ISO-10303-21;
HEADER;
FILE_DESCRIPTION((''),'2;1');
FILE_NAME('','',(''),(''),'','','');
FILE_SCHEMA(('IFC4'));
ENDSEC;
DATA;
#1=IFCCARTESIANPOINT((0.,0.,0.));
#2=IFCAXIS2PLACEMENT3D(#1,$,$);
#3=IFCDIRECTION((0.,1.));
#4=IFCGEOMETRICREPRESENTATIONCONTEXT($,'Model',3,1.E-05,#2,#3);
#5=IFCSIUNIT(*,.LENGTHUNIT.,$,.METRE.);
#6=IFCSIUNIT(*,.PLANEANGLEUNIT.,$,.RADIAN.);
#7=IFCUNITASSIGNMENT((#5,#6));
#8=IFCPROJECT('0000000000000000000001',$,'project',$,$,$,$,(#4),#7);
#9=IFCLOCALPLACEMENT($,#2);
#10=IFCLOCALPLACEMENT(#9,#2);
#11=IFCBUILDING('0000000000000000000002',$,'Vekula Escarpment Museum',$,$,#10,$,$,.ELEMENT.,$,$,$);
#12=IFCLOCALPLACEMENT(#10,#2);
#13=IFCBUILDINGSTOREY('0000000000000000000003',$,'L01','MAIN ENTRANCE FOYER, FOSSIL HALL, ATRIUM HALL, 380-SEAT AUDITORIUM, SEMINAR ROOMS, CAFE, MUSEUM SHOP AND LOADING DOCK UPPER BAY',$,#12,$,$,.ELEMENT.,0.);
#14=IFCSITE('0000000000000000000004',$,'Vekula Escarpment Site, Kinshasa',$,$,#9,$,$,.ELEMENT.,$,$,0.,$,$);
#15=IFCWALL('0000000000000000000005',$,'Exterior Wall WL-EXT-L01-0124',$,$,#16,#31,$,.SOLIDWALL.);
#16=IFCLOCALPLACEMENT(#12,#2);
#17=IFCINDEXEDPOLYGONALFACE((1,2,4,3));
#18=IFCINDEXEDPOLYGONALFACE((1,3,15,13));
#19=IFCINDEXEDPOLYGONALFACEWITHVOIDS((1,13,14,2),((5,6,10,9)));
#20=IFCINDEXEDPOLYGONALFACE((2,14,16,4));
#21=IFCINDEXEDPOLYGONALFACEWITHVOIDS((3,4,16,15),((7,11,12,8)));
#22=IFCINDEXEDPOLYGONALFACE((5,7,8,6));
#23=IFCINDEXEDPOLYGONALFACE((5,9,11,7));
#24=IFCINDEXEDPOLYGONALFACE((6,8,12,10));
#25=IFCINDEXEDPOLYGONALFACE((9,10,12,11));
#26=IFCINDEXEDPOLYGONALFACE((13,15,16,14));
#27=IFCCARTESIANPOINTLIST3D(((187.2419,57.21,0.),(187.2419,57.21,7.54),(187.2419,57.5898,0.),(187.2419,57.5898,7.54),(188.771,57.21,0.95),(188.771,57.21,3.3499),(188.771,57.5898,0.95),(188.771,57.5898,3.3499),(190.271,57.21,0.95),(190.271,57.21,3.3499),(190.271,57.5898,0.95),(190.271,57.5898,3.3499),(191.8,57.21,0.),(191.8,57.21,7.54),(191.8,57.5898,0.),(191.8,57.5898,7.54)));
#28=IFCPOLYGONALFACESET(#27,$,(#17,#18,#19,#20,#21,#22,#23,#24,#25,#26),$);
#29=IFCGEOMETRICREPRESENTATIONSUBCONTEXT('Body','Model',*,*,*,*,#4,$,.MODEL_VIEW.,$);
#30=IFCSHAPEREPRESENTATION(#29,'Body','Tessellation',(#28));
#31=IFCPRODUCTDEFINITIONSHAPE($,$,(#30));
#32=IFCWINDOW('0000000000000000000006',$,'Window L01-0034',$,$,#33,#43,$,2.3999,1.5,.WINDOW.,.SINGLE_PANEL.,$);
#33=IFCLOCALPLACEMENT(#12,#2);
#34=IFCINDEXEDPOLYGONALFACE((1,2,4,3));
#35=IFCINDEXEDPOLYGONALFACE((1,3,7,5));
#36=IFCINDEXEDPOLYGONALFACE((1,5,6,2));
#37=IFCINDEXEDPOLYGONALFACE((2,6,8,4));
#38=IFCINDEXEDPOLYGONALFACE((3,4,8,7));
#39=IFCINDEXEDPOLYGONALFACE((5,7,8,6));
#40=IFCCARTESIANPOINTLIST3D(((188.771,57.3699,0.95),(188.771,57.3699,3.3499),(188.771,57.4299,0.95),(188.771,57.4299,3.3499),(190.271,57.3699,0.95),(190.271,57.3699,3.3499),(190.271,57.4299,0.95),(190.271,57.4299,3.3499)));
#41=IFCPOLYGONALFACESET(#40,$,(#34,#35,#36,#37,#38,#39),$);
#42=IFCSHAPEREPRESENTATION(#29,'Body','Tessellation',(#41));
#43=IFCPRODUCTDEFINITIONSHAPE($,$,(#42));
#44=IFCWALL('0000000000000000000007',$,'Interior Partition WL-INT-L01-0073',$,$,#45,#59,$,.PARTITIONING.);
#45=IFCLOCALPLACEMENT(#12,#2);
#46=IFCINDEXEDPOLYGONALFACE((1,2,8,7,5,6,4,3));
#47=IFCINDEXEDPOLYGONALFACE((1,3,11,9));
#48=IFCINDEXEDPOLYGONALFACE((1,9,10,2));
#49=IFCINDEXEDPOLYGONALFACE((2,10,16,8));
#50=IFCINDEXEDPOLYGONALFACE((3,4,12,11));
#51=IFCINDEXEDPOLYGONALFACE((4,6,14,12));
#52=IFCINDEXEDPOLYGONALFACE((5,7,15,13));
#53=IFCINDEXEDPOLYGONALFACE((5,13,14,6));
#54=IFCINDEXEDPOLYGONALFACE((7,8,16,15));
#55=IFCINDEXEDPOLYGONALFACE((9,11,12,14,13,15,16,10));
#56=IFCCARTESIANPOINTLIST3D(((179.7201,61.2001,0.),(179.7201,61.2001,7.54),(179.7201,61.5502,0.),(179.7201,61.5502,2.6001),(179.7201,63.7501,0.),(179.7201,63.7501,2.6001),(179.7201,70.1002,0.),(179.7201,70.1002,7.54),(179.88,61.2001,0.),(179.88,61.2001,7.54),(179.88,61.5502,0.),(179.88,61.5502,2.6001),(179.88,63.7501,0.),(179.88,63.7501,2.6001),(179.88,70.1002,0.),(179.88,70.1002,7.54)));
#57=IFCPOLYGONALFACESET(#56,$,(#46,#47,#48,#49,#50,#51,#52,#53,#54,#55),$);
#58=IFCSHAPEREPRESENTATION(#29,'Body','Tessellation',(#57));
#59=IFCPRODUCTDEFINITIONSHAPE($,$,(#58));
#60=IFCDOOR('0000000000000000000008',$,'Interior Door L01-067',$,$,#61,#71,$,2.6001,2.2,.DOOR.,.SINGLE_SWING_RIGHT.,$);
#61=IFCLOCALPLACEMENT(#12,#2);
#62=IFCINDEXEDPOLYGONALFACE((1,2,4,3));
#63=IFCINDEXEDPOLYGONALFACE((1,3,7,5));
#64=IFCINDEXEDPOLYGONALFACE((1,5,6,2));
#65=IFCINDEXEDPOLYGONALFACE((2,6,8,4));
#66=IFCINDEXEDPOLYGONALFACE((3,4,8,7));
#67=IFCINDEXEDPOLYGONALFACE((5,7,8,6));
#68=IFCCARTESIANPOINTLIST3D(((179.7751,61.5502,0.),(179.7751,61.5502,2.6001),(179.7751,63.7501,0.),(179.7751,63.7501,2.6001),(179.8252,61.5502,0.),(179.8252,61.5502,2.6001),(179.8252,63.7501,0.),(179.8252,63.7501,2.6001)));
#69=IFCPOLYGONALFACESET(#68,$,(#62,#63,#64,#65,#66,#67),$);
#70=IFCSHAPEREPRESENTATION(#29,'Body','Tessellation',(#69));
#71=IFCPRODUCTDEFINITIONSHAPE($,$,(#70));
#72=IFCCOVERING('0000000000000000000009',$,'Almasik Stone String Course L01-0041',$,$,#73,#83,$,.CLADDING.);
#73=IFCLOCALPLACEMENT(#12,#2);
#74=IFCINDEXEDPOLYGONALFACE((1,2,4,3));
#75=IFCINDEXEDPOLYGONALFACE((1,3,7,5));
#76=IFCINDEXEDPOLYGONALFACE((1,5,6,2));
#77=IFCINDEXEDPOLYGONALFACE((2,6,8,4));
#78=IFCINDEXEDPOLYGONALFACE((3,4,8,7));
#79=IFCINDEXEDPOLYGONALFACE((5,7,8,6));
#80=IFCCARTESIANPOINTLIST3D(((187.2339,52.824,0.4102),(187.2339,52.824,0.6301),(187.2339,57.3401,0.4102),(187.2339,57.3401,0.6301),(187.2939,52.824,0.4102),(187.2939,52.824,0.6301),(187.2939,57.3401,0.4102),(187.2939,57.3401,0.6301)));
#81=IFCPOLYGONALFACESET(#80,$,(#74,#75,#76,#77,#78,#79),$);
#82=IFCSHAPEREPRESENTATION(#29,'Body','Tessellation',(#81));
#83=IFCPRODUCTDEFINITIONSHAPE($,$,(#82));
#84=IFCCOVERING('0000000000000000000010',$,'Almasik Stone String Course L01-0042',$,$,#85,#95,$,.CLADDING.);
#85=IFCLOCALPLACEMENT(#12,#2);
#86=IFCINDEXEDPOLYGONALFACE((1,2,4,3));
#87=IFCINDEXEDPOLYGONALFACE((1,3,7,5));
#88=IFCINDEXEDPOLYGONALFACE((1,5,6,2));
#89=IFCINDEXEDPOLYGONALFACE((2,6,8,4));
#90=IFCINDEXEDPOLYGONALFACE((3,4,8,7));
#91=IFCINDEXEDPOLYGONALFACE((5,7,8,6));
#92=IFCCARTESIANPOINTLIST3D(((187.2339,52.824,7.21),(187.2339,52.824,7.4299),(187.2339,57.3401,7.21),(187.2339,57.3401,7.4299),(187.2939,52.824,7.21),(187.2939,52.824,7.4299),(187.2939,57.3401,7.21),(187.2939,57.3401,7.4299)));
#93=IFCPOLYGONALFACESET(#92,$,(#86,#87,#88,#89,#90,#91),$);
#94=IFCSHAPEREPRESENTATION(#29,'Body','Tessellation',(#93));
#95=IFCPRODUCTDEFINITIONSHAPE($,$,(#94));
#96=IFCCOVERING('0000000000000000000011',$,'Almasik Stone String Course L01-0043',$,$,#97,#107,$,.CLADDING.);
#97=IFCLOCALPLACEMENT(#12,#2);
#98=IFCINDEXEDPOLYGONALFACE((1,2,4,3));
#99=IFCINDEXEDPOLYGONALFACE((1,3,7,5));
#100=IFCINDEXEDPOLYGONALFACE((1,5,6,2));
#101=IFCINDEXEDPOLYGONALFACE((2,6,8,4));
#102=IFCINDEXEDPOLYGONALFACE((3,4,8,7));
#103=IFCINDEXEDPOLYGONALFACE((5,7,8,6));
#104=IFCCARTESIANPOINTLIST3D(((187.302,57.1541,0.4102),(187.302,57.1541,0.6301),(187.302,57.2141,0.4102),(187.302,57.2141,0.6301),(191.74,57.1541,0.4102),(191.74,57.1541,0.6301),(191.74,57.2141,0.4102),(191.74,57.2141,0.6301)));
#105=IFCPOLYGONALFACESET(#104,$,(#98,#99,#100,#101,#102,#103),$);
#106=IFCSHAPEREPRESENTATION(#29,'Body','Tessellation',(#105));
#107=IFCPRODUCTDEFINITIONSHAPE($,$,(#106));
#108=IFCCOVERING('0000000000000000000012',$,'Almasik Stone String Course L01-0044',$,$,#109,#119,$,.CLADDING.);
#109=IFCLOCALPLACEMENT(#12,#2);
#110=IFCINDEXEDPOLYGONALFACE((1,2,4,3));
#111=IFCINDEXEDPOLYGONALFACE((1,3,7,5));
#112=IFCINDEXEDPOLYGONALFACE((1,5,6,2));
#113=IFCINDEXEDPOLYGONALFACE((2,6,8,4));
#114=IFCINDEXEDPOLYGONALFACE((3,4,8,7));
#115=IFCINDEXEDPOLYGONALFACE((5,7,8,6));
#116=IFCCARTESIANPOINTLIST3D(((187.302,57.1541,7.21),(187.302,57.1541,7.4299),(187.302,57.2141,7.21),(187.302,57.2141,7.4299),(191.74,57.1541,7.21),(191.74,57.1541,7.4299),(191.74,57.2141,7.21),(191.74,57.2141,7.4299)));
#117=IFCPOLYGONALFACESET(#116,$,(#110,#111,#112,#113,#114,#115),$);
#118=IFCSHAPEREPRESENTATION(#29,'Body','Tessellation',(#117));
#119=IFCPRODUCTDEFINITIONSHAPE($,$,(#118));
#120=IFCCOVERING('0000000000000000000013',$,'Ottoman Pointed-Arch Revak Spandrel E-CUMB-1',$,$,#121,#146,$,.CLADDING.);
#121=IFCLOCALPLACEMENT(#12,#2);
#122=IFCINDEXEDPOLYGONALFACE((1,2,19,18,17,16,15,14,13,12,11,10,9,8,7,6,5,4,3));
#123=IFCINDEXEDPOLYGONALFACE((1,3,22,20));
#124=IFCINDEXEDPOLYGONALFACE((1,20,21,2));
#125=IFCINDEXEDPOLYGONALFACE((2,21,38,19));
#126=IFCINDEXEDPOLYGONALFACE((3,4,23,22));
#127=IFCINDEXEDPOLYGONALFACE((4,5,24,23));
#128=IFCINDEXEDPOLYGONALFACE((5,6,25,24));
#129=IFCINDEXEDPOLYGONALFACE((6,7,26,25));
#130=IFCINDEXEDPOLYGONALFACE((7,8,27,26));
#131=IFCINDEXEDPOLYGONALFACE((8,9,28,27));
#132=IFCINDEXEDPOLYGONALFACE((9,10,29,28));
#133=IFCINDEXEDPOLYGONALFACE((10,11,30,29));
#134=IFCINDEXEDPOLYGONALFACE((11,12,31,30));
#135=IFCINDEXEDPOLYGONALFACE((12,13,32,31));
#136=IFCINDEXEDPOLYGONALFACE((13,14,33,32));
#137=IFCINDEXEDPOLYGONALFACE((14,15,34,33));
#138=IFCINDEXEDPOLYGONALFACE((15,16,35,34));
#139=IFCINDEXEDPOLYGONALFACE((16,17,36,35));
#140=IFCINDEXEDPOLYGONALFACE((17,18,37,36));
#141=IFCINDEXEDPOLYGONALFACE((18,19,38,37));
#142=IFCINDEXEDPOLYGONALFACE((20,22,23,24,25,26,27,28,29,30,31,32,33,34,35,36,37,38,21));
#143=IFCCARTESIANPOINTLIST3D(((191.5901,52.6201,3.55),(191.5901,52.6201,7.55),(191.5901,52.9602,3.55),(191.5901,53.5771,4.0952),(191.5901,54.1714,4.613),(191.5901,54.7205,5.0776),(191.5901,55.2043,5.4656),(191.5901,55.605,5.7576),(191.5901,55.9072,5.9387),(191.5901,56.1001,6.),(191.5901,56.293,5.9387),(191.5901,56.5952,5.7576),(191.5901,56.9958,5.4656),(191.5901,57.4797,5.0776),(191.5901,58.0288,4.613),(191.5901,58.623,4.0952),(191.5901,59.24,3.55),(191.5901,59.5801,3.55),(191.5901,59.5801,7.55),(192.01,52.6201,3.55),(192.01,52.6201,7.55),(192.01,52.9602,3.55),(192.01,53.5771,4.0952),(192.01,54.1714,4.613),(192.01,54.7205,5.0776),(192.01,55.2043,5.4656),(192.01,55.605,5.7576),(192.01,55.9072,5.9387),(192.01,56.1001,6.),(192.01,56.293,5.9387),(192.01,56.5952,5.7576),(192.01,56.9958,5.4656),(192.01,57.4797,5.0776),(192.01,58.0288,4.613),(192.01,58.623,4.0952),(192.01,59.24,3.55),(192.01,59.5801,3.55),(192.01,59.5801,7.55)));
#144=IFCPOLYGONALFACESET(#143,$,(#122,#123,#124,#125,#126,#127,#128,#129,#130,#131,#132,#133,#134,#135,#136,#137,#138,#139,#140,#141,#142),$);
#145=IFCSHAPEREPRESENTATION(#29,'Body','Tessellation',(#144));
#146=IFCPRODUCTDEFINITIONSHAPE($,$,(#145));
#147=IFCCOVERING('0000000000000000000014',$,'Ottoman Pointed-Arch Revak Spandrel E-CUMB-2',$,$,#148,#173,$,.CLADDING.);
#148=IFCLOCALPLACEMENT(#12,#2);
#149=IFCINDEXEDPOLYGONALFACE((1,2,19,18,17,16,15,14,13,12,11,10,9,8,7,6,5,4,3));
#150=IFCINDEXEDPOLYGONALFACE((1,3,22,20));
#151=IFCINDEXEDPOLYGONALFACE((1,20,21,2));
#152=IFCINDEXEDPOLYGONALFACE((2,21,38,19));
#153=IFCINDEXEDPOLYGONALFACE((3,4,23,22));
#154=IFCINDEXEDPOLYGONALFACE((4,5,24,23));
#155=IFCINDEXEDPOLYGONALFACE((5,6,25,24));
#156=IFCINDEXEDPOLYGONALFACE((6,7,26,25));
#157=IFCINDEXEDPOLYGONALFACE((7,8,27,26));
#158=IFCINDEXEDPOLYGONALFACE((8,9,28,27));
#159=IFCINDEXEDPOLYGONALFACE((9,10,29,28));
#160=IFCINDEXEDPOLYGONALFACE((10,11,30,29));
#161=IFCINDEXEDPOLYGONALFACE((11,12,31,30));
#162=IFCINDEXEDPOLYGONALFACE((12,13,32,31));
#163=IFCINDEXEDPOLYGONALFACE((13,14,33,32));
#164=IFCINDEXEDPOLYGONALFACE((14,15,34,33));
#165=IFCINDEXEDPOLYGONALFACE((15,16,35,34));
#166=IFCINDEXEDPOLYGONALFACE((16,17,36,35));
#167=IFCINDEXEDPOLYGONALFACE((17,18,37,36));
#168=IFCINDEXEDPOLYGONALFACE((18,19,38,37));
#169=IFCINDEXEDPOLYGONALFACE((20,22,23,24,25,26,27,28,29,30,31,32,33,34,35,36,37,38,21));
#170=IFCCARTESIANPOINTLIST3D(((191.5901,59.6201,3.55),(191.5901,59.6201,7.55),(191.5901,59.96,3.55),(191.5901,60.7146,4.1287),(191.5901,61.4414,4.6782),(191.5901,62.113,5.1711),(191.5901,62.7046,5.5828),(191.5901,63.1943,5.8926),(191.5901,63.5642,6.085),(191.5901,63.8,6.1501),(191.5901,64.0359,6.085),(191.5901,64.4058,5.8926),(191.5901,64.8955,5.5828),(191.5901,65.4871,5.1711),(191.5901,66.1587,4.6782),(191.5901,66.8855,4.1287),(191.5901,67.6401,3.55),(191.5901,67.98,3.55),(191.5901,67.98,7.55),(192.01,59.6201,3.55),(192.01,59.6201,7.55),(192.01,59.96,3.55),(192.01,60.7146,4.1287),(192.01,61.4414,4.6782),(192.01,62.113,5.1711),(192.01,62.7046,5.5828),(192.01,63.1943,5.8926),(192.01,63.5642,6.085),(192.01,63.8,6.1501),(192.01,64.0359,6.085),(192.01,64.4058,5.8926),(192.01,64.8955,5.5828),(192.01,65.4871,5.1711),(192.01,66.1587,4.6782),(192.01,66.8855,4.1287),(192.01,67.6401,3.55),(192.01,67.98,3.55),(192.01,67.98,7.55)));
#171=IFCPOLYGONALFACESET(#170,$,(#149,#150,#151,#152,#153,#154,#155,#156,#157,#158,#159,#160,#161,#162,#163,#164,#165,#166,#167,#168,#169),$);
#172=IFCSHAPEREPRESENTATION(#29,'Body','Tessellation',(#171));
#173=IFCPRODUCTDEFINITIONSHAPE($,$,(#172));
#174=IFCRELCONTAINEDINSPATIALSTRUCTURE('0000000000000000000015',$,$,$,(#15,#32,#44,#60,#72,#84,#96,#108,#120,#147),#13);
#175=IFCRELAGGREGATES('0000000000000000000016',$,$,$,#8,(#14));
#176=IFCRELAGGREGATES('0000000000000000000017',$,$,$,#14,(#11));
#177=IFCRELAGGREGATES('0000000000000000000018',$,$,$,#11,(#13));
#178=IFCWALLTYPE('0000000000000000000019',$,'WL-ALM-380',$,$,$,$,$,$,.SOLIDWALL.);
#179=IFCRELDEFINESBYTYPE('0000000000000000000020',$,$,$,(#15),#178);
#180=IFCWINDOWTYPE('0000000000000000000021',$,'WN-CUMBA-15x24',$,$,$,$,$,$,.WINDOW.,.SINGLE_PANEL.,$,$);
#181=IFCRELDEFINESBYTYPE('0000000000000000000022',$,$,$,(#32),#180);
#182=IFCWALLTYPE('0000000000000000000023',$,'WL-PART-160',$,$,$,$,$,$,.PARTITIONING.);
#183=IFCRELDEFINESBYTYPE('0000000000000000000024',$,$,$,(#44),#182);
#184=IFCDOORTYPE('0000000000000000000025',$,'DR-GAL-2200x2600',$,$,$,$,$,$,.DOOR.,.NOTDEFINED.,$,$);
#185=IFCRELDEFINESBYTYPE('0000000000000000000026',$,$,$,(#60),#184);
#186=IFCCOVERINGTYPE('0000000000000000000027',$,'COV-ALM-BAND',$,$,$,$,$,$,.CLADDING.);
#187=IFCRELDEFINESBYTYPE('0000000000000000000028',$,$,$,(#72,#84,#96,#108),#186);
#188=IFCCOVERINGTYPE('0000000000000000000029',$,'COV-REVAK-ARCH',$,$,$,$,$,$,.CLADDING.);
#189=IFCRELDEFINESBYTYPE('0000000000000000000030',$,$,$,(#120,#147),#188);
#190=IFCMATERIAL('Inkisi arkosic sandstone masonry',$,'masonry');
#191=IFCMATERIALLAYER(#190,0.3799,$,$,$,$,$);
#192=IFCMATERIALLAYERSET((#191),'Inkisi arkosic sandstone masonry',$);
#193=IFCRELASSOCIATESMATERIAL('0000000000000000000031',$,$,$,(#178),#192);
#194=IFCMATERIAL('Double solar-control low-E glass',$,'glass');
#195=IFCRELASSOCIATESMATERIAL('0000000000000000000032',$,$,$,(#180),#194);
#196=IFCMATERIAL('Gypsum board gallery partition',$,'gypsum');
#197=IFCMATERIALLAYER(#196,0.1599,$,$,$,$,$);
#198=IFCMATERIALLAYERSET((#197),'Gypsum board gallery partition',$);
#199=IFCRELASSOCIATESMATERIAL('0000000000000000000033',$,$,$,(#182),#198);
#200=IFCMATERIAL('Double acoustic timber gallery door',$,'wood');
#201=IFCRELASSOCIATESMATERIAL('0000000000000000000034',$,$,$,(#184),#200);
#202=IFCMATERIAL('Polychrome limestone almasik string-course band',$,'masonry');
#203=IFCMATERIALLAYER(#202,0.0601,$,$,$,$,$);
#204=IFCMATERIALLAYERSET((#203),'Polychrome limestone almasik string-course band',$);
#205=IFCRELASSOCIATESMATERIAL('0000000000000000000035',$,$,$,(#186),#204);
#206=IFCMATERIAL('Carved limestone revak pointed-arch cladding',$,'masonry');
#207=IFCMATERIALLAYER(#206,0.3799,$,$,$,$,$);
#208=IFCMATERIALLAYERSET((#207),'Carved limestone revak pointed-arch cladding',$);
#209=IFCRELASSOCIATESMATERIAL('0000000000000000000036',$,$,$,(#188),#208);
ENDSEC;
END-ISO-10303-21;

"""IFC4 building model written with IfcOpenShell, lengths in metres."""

from ifc_helpers import new_model, si_unit, direction, frame, frame_2d, origin, origin_2d, place, context, subcontext, project, spatial, polyline, rectangle, outline, extrude, material, layer, layer_set, type_object, element, fill, save


model = new_model("IFC4")

# Units and contexts
model_context = context("Model", 3, precision=1e-05, world=origin(), true_north=direction((0.0, 1.0)))
body_context = subcontext(model_context, "Body", "Model", "MODEL_VIEW")
ifc_project = project(units=[si_unit("LENGTHUNIT", "METRE"), si_unit("PLANEANGLEUNIT", "RADIAN")], contexts=[model_context])

# Site, building, storey
site_placement = place(None, origin())
site = spatial("IfcSite", under=ifc_project, at=site_placement, Name="Vekula Escarpment Site, Kinshasa", CompositionType="ELEMENT", RefElevation=0.0)
building_placement = place(site_placement, origin())
building = spatial("IfcBuilding", under=site, at=building_placement, Name="Vekula Escarpment Museum", CompositionType="ELEMENT")
storey_placement = place(building_placement, origin())
storey = spatial("IfcBuildingStorey", under=building, at=storey_placement, Name="L01", Description="MAIN ENTRANCE FOYER, FOSSIL HALL, ATRIUM HALL, 380-SEAT AUDITORIUM, SEMINAR ROOMS, CAFE, MUSEUM SHOP AND LOADING DOCK UPPER BAY", CompositionType="ELEMENT", Elevation=0.0)

# Wall, opening, window
ifc_material_1 = material(Name="Inkisi arkosic sandstone masonry", Category="masonry")
ifc_layer_1 = layer(ifc_material_1, 0.3799)
ifc_layer_set_1 = layer_set([ifc_layer_1], Name="Inkisi arkosic sandstone masonry")
wall_type_1 = type_object("IfcWallType", Name="WL-ALM-380", PredefinedType="SOLIDWALL", material=ifc_layer_set_1)
wall_1_placement = place(storey_placement, frame((191.8, 57.3999, 0.0), z_axis=(0.0, 0.0, 1.0), x_axis=(-1.0, 0.0, 0.0)))
wall_1 = element("IfcWall", 1, at=wall_1_placement, inside=storey, type_object=wall_type_1, Name="Exterior Wall WL-EXT-L01-0124", PredefinedType="SOLIDWALL", context=body_context, shape_type="SweptSolid", body=[
    extrude(rectangle(XDim=4.5581, YDim=0.3799, at=frame_2d((2.2791, 0.0))), origin(), (0.0, 0.0, 1.0), 7.54),
])
opening_1_placement = place(wall_1_placement, frame((1.5291, 0.0, 0.95)))
opening_1 = element("IfcOpeningElement", 2, at=opening_1_placement, cuts=wall_1, PredefinedType="OPENING", context=body_context, shape_type="SweptSolid", body=[
    extrude(rectangle(XDim=1.5, YDim=2.3999, at=frame_2d((0.75, 1.2))), frame((0.0, 0.2, 0.0), z_axis=(0.0, -1.0, 0.0), x_axis=(1.0, 0.0, 0.0)), (0.0, 0.0, 1.0), 0.3999),
])
ifc_material_2 = material(Name="Double solar-control low-E glass", Category="glass")
window_type_1 = type_object("IfcWindowType", Name="WN-CUMBA-15x24", PartitioningType="SINGLE_PANEL", PredefinedType="WINDOW", material=ifc_material_2)
window_1_placement = place(opening_1_placement, origin())
window_1 = element("IfcWindow", 3, at=window_1_placement, inside=storey, type_object=window_type_1, Name="Window L01-0034", OverallHeight=2.3999, OverallWidth=1.5, PartitioningType="SINGLE_PANEL", PredefinedType="WINDOW", context=body_context, shape_type="SweptSolid", body=[
    extrude(rectangle(XDim=1.5, YDim=2.3999, at=frame_2d((0.75, 1.2))), frame((0.0, 0.03, 0.0), z_axis=(0.0, -1.0, 0.0), x_axis=(1.0, 0.0, 0.0)), (0.0, 0.0, 1.0), 0.0601),
])
fill(opening_1, window_1)

# Wall, opening, door
ifc_material_3 = material(Name="Gypsum board gallery partition", Category="gypsum")
ifc_layer_2 = layer(ifc_material_3, 0.1599)
ifc_layer_set_2 = layer_set([ifc_layer_2], Name="Gypsum board gallery partition")
wall_type_2 = type_object("IfcWallType", Name="WL-PART-160", PredefinedType="PARTITIONING", material=ifc_layer_set_2)
wall_2_placement = place(storey_placement, frame((179.8, 61.2, 0.0), z_axis=(0.0, 0.0, 1.0), x_axis=(0.0, 1.0, 0.0)))
wall_2 = element("IfcWall", 4, at=wall_2_placement, inside=storey, type_object=wall_type_2, Name="Interior Partition WL-INT-L01-0073", PredefinedType="PARTITIONING", context=body_context, shape_type="SweptSolid", body=[
    extrude(rectangle(XDim=8.9001, YDim=0.1599, at=frame_2d((4.4502, 0.0))), origin(), (0.0, 0.0, 1.0), 7.54),
])
opening_2_placement = place(wall_2_placement, frame((0.3501, 0.0, 0.0)))
opening_2 = element("IfcOpeningElement", 5, at=opening_2_placement, cuts=wall_2, PredefinedType="OPENING", context=body_context, shape_type="SweptSolid", body=[
    extrude(rectangle(XDim=2.2, YDim=2.6001, at=frame_2d((1.1001, 1.3))), frame((0.0, 0.0898, 0.0), z_axis=(0.0, -1.0, 0.0), x_axis=(1.0, 0.0, 0.0)), (0.0, 0.0, 1.0), 0.1799),
])
ifc_material_4 = material(Name="Double acoustic timber gallery door", Category="wood")
door_type = type_object("IfcDoorType", Name="DR-GAL-2200x2600", OperationType="NOTDEFINED", PredefinedType="DOOR", material=ifc_material_4)
door_placement = place(opening_2_placement, origin())
door = element("IfcDoor", 6, at=door_placement, inside=storey, type_object=door_type, Name="Interior Door L01-067", OperationType="SINGLE_SWING_RIGHT", OverallHeight=2.6001, OverallWidth=2.2, PredefinedType="DOOR", context=body_context, shape_type="SweptSolid", body=[
    extrude(rectangle(XDim=2.2, YDim=2.6001, at=frame_2d((1.1001, 1.3))), frame((0.0, 0.0249, 0.0), z_axis=(0.0, -1.0, 0.0), x_axis=(1.0, 0.0, 0.0)), (0.0, 0.0, 1.0), 0.05),
])
fill(opening_2, door)

# Coverings
ifc_material_5 = material(Name="Polychrome limestone almasik string-course band", Category="masonry")
ifc_layer_3 = layer(ifc_material_5, 0.0601)
ifc_layer_set_3 = layer_set([ifc_layer_3], Name="Polychrome limestone almasik string-course band")
covering_type_1 = type_object("IfcCoveringType", Name="COV-ALM-BAND", PredefinedType="CLADDING", material=ifc_layer_set_3)
for number, where, z_axis, x_axis, name in (
    (7, (187.2639, 55.082, 0.4102), (0.0, 0.0, 1.0), (0.0, 1.0, 0.0), "Almasik Stone String Course L01-0041"),
    (8, (187.2639, 55.082, 7.21), (0.0, 0.0, 1.0), (0.0, 1.0, 0.0), "Almasik Stone String Course L01-0042"),
):
    element("IfcCovering", number, at=place(storey_placement, frame(where, z_axis=z_axis, x_axis=x_axis)), inside=storey, type_object=covering_type_1, Name=name, PredefinedType="CLADDING", context=body_context, shape_type="SweptSolid", body=[
        extrude(rectangle(XDim=4.5161, YDim=0.0601, at=origin_2d()), origin(), (0.0, 0.0, 1.0), 0.22),
    ])
for number, where, z_axis, x_axis, name in (
    (9, (189.521, 57.1841, 0.4102), (0.0, 0.0, 1.0), (1.0, 0.0, 0.0), "Almasik Stone String Course L01-0043"),
    (10, (189.521, 57.1841, 7.21), (0.0, 0.0, 1.0), (1.0, 0.0, 0.0), "Almasik Stone String Course L01-0044"),
):
    element("IfcCovering", number, at=place(storey_placement, frame(where, z_axis=z_axis, x_axis=x_axis)), inside=storey, type_object=covering_type_1, Name=name, PredefinedType="CLADDING", context=body_context, shape_type="SweptSolid", body=[
        extrude(rectangle(XDim=4.438, YDim=0.0601, at=origin_2d()), origin(), (0.0, 0.0, 1.0), 0.22),
    ])
ifc_material_6 = material(Name="Carved limestone revak pointed-arch cladding", Category="masonry")
ifc_layer_4 = layer(ifc_material_6, 0.3799)
ifc_layer_set_4 = layer_set([ifc_layer_4], Name="Carved limestone revak pointed-arch cladding")
covering_type_2 = type_object("IfcCoveringType", Name="COV-REVAK-ARCH", PredefinedType="CLADDING", material=ifc_layer_set_4)
covering_1_placement = place(storey_placement, frame((191.5901, 56.1001, 3.55), z_axis=(1.0, 0.0, 0.0), x_axis=(0.0, 1.0, 0.0)))
element("IfcCovering", 11, at=covering_1_placement, inside=storey, type_object=covering_type_2, Name="Ottoman Pointed-Arch Revak Spandrel E-CUMB-1", PredefinedType="CLADDING", context=body_context, shape_type="SweptSolid", body=[
    extrude(outline(polyline([(-3.48, 4.0), (3.48, 4.0), (3.48, 0.0), (3.1399, 0.0), (2.5229, 0.5452), (1.9287, 1.063), (1.3796, 1.5276), (0.8958, 1.9155), (0.4951, 2.2075), (0.1929, 2.3887), (0.0, 2.45), (-0.1929, 2.3887), (-0.4951, 2.2075), (-0.8958, 1.9155), (-1.3796, 1.5276), (-1.9287, 1.063), (-2.5229, 0.5452), (-3.1399, 0.0), (-3.48, 0.0), (-3.48, 4.0)])), origin(), (0.0, 0.0, 1.0), 0.4199),
])
covering_2_placement = place(storey_placement, frame((191.5901, 63.8, 3.55), z_axis=(1.0, 0.0, 0.0), x_axis=(0.0, 1.0, 0.0)))
element("IfcCovering", 12, at=covering_2_placement, inside=storey, type_object=covering_type_2, Name="Ottoman Pointed-Arch Revak Spandrel E-CUMB-2", PredefinedType="CLADDING", context=body_context, shape_type="SweptSolid", body=[
    extrude(outline(polyline([(-4.1799, 4.0), (4.1799, 4.0), (4.1799, 0.0), (3.8401, 0.0), (3.0854, 0.5786), (2.3586, 1.1282), (1.687, 1.6211), (1.0955, 2.0327), (0.6057, 2.3425), (0.2358, 2.5349), (0.0, 2.6001), (-0.2358, 2.5349), (-0.6057, 2.3425), (-1.0955, 2.0327), (-1.687, 1.6211), (-2.3586, 1.1282), (-3.0854, 0.5786), (-3.8401, 0.0), (-4.1799, 0.0), (-4.1799, 4.0)])), origin(), (0.0, 0.0, 1.0), 0.4199),
])

save(model, "model.ifc")
